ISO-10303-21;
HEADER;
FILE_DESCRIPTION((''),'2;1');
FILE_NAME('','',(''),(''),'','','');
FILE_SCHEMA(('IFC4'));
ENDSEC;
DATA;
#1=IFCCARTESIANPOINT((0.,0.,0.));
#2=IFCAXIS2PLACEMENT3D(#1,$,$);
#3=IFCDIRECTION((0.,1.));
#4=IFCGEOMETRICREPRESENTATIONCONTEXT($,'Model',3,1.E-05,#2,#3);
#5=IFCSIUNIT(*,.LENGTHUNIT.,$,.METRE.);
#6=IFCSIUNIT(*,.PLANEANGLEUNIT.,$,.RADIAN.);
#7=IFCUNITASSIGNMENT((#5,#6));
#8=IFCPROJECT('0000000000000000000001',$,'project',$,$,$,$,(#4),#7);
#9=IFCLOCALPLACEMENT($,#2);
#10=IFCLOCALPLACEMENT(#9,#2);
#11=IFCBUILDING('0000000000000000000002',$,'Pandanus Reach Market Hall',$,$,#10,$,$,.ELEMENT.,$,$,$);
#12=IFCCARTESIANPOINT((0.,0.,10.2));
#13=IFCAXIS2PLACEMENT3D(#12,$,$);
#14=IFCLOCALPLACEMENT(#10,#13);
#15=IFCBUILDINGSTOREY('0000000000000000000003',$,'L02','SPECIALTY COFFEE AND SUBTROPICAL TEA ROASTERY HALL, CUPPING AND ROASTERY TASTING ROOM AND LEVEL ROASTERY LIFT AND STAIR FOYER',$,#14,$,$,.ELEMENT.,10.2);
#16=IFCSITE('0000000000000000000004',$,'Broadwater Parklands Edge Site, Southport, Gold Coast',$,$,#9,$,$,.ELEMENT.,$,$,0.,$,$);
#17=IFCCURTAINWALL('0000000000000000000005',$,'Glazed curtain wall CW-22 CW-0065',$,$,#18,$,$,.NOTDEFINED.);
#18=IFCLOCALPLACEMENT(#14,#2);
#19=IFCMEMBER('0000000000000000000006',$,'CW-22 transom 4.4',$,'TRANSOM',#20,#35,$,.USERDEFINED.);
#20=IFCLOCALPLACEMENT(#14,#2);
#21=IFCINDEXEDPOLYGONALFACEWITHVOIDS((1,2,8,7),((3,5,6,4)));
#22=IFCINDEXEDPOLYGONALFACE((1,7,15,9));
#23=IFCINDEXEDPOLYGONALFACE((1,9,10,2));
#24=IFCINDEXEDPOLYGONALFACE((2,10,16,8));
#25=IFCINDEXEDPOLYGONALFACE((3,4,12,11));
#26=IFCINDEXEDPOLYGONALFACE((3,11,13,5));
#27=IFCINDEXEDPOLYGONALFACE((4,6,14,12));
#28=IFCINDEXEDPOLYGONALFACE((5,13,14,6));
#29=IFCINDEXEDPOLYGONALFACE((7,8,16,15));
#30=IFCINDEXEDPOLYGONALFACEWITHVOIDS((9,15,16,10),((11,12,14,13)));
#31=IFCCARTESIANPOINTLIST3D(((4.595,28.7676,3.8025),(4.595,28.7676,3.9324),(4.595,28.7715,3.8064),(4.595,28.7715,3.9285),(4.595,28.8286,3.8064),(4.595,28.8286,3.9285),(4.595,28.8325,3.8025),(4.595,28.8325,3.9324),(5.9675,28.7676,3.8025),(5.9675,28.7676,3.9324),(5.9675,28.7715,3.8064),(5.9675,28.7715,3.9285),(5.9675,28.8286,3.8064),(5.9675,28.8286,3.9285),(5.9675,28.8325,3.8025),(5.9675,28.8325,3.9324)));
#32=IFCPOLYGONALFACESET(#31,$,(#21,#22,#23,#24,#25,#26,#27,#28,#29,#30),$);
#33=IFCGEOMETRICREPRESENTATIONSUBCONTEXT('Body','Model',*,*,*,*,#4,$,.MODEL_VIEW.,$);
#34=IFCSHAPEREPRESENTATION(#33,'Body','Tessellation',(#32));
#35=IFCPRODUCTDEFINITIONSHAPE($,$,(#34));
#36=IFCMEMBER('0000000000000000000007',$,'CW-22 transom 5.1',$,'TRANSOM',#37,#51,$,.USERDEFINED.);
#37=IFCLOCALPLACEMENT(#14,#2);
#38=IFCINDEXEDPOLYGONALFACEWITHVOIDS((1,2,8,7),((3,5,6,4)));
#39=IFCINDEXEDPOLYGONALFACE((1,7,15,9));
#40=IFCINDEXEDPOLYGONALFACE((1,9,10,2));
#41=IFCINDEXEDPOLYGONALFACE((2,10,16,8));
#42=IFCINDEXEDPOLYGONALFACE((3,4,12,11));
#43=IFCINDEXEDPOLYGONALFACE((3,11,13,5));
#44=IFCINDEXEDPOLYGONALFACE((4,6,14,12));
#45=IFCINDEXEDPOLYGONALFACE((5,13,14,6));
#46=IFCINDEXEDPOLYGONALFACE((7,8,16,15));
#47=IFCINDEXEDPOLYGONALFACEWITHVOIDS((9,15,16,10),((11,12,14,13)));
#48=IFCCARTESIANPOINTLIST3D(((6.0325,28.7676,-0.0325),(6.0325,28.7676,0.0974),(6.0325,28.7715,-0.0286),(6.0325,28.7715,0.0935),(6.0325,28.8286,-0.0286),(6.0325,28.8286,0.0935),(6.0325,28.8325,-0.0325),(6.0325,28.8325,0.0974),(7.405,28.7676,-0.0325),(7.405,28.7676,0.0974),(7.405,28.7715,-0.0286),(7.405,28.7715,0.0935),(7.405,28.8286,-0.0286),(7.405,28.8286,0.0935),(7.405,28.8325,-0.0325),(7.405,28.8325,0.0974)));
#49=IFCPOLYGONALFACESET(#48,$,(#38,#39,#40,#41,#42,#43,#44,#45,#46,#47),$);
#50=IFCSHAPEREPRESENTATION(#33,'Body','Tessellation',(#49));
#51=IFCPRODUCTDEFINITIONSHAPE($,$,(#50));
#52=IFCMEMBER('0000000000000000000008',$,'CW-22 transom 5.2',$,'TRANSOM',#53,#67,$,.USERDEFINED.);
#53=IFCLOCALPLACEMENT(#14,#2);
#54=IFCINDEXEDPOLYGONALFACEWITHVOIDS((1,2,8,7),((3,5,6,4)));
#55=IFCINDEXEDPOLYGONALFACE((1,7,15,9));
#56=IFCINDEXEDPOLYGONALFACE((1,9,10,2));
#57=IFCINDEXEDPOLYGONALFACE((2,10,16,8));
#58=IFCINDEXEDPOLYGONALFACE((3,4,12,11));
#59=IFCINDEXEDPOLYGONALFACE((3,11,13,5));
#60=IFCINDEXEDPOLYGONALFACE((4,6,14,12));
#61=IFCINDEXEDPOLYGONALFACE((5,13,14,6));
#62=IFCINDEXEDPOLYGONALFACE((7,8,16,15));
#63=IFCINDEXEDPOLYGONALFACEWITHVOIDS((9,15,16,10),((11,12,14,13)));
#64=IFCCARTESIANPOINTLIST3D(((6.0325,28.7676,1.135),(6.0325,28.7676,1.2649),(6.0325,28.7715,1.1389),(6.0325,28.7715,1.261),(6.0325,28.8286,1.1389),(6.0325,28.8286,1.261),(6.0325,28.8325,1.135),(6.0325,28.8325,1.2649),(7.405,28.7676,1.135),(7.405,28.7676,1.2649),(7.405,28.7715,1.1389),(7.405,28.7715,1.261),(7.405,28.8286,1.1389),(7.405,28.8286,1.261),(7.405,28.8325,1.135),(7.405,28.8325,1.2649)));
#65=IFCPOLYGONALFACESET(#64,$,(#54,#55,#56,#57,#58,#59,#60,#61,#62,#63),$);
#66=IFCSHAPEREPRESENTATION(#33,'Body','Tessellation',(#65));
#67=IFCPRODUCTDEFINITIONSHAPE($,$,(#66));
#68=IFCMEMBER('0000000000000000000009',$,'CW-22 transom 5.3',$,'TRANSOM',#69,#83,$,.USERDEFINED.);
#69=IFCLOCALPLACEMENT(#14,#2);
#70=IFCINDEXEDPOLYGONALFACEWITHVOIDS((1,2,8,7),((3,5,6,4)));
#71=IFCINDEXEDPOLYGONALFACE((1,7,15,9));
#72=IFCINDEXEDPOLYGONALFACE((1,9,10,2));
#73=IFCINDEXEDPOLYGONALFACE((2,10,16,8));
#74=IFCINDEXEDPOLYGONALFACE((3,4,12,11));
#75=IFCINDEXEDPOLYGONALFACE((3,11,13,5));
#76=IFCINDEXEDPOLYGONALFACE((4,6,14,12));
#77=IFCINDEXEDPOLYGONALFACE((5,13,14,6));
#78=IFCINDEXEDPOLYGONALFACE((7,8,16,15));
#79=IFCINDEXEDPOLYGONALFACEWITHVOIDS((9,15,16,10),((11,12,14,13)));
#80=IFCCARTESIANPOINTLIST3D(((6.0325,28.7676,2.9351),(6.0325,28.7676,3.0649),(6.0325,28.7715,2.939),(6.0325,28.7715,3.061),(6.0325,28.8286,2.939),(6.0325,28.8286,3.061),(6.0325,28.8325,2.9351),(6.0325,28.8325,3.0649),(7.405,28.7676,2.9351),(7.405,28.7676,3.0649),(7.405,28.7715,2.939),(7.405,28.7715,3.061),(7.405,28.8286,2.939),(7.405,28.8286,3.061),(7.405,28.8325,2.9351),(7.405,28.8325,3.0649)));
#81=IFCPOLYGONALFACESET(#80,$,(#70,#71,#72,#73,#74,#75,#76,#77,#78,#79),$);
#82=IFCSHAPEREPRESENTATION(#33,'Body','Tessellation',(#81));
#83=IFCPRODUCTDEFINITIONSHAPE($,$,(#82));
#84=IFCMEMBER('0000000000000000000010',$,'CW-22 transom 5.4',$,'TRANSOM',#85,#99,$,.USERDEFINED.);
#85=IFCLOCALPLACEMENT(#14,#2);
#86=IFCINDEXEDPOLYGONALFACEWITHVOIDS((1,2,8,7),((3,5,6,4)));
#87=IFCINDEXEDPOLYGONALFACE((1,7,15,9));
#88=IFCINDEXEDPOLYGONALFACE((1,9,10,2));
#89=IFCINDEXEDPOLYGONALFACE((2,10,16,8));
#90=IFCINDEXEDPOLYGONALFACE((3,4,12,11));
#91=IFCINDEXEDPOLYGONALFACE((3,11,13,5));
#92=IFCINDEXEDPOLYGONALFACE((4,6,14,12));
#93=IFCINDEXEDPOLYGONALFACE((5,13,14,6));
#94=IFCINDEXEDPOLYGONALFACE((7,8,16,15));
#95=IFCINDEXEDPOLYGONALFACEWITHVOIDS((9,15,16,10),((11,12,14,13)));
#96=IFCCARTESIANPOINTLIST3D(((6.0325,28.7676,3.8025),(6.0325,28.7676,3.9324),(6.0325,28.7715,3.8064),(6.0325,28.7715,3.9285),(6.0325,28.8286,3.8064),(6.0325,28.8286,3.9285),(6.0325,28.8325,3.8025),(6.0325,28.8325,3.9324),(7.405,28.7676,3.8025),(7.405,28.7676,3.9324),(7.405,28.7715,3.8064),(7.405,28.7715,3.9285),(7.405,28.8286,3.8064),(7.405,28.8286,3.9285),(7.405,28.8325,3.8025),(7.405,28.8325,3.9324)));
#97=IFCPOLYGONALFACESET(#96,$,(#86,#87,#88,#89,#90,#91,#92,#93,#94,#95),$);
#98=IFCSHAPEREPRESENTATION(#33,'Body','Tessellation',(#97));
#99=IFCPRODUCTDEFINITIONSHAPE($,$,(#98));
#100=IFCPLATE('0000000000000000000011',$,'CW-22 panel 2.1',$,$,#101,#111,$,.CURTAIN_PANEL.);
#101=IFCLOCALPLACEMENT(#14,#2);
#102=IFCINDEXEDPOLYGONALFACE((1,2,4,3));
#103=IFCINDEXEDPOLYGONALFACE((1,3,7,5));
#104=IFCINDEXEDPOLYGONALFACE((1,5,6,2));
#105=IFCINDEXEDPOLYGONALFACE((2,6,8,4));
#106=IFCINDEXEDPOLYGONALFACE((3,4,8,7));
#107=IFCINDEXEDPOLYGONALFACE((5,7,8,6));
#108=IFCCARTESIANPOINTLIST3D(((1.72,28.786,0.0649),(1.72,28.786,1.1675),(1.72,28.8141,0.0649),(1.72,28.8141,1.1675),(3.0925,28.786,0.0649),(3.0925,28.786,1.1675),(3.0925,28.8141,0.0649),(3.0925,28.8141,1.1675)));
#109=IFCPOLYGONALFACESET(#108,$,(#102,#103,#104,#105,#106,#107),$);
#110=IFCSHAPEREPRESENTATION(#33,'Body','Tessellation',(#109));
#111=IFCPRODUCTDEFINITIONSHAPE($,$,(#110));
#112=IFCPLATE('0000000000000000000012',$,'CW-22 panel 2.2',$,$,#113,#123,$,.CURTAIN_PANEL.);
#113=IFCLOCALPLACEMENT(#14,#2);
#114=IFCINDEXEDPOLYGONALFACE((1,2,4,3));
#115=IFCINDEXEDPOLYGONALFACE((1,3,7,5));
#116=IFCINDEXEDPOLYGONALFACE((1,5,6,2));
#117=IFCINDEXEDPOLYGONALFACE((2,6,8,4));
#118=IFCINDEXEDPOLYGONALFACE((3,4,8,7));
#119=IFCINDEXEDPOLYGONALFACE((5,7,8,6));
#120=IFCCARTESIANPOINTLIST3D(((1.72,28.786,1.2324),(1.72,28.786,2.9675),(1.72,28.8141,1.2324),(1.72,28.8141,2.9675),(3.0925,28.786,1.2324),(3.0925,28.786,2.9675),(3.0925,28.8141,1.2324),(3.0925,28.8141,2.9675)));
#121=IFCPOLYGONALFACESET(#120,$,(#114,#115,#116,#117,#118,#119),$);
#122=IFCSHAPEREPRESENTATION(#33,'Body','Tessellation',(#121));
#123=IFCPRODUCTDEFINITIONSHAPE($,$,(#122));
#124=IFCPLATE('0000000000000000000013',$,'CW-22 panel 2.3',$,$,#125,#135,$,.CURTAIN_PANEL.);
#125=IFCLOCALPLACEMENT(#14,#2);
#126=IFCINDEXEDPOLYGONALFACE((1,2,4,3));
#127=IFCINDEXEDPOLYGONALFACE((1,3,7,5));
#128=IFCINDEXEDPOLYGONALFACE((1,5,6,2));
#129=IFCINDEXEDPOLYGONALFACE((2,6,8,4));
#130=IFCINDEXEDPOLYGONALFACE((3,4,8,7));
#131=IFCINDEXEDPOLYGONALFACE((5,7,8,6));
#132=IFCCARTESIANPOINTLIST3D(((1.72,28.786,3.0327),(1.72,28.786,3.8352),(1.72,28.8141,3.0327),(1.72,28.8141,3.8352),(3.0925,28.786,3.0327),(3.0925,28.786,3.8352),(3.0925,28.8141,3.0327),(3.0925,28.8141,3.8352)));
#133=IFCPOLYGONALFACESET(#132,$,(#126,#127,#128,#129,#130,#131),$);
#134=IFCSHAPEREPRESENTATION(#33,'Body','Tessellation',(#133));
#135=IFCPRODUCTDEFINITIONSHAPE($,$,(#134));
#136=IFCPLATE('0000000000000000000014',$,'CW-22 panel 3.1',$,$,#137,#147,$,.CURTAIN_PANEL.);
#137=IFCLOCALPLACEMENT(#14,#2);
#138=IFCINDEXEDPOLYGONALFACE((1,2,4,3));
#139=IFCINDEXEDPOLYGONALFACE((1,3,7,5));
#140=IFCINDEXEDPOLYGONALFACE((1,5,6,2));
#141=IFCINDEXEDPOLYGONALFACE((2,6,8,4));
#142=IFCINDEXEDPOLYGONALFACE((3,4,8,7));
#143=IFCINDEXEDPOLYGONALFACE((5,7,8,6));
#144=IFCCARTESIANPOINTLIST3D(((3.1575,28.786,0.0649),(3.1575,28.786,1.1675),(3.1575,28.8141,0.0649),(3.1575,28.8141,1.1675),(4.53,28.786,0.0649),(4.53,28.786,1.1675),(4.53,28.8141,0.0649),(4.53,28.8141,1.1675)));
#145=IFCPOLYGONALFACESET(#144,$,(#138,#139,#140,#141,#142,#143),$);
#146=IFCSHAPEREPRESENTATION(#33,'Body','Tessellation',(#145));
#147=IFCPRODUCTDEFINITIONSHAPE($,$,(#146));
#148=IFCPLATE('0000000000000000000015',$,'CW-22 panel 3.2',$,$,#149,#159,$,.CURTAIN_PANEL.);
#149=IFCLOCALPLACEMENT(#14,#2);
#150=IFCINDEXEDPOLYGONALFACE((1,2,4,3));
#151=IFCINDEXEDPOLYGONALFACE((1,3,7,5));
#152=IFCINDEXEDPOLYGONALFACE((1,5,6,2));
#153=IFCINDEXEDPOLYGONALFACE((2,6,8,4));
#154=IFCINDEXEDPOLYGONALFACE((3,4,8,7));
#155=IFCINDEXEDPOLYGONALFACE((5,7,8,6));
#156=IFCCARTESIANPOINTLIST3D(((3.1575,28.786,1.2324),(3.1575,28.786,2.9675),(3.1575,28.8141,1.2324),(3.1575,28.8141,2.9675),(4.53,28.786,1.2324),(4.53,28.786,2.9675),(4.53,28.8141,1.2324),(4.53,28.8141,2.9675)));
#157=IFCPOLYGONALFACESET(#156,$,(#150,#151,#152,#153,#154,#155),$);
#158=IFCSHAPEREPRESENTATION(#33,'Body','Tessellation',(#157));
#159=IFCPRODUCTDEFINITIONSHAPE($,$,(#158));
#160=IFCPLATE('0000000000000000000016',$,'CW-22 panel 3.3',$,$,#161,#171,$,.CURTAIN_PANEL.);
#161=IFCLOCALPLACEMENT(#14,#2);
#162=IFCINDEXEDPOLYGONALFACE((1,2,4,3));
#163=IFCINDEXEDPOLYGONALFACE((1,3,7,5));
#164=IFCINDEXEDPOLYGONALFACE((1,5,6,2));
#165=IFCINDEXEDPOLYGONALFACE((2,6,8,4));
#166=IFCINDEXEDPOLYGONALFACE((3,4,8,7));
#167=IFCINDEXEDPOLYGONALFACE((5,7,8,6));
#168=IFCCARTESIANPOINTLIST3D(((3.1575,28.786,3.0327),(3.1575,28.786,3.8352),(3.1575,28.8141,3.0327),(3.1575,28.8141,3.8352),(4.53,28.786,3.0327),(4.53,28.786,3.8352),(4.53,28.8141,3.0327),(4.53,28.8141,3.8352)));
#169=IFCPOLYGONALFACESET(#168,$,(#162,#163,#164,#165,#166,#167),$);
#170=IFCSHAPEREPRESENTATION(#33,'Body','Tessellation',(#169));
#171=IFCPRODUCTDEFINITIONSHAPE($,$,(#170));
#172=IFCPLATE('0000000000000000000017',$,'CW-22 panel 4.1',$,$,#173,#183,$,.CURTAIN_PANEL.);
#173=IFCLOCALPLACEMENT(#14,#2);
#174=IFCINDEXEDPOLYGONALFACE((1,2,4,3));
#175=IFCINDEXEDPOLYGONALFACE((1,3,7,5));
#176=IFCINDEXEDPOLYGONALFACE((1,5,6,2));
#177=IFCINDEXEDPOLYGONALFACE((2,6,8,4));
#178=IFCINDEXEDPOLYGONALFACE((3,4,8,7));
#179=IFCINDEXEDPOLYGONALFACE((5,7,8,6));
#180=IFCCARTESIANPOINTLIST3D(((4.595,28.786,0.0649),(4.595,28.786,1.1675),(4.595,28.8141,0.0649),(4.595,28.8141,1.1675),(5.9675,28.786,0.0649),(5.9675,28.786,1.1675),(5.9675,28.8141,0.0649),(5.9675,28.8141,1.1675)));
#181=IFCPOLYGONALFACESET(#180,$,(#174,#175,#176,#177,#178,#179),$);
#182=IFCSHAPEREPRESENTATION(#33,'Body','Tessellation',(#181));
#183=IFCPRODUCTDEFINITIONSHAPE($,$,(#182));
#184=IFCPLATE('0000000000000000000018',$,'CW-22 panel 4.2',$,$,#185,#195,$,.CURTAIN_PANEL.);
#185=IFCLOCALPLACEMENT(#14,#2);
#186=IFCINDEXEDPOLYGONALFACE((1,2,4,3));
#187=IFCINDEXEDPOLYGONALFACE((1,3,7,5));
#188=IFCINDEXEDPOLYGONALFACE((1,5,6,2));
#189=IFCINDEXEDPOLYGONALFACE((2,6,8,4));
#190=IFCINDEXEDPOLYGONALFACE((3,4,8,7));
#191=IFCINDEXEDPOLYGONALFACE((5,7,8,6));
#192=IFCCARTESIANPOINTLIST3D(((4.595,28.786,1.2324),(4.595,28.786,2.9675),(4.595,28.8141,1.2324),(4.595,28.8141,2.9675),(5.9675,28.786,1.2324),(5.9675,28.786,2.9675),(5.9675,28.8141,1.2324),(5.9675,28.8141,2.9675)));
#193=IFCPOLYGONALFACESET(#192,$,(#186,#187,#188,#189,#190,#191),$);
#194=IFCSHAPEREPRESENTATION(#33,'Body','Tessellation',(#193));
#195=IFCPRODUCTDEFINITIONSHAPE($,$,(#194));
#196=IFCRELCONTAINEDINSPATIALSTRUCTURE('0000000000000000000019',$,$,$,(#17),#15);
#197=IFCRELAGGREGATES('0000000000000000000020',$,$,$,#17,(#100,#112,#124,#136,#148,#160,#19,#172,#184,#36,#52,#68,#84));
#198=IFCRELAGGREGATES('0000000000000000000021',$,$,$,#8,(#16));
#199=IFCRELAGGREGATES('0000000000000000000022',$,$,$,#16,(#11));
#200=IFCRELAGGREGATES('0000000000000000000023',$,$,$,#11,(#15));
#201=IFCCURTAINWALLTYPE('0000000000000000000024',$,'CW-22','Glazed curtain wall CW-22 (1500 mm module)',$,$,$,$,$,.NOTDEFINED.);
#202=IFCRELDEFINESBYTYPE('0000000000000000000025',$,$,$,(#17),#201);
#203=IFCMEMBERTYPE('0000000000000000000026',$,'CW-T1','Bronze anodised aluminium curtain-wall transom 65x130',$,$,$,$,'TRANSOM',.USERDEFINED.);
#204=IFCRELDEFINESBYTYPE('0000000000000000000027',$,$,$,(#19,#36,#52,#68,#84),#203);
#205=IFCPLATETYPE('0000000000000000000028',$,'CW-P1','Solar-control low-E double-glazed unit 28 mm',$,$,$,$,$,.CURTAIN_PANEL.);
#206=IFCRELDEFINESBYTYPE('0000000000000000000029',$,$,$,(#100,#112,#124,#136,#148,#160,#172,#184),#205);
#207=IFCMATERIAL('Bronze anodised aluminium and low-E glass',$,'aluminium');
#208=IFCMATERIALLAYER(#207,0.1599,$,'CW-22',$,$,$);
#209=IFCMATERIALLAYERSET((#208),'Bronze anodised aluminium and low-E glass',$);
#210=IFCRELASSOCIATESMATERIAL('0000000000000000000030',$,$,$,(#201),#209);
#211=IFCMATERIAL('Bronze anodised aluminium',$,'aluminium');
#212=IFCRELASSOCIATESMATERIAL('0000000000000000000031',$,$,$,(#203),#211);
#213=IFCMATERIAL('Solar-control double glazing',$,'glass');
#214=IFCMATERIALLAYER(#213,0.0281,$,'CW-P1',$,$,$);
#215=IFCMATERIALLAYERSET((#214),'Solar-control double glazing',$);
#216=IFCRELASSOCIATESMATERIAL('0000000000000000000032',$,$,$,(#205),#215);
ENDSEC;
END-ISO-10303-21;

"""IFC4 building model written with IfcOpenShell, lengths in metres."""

from ifc_helpers import new_model, si_unit, direction, frame, origin, origin_2d, place, context, subcontext, project, spatial, rectangle, hollow_rectangle, extrude, material, layer, layer_set, material_profile, profile_set, type_object, element, aggregate, save


model = new_model("IFC4")

# Units and contexts
model_context = context("Model", 3, precision=1e-05, world=origin(), true_north=direction((0.0, 1.0)))
body_context = subcontext(model_context, "Body", "Model", "MODEL_VIEW")
ifc_project = project(units=[si_unit("LENGTHUNIT", "METRE"), si_unit("PLANEANGLEUNIT", "RADIAN")], contexts=[model_context])

# Site, building, storey
site_placement = place(None, origin())
site = spatial("IfcSite", under=ifc_project, at=site_placement, Name="Broadwater Parklands Edge Site, Southport, Gold Coast", CompositionType="ELEMENT", RefElevation=0.0)
building_placement = place(site_placement, origin())
building = spatial("IfcBuilding", under=site, at=building_placement, Name="Pandanus Reach Market Hall", CompositionType="ELEMENT")
storey_placement = place(building_placement, frame((0.0, 0.0, 10.2)))
storey = spatial("IfcBuildingStorey", under=building, at=storey_placement, Name="L02", Description="SPECIALTY COFFEE AND SUBTROPICAL TEA ROASTERY HALL, CUPPING AND ROASTERY TASTING ROOM AND LEVEL ROASTERY LIFT AND STAIR FOYER", CompositionType="ELEMENT", Elevation=10.2)

# Curtain wall, members, plates
ifc_material_1 = material(Name="Bronze anodised aluminium and low-E glass", Category="aluminium")
ifc_layer_1 = layer(ifc_material_1, 0.1599, Name="CW-22")
ifc_layer_set_1 = layer_set([ifc_layer_1], Name="Bronze anodised aluminium and low-E glass")
curtain_wall_type = type_object("IfcCurtainWallType", Name="CW-22", Description="Glazed curtain wall CW-22 (1500 mm module)", PredefinedType="NOTDEFINED", material=ifc_layer_set_1)
curtain_wall_placement = place(storey_placement, origin())
curtain_wall = element("IfcCurtainWall", 1, at=curtain_wall_placement, inside=storey, type_object=curtain_wall_type, Name="Glazed curtain wall CW-22 CW-0065", PredefinedType="NOTDEFINED")
ifc_material_2 = material(Name="Bronze anodised aluminium", Category="aluminium")
ifc_material_profile_1 = material_profile(ifc_material_2, hollow_rectangle(XDim=0.0649, YDim=0.1299, WallThickness=0.0039, at=origin_2d()), Name="ALU65x130", Category="LoadBearing")
ifc_profile_set_1 = profile_set([ifc_material_profile_1], Name="Bronze anodised aluminium")
member_type_1 = type_object("IfcMemberType", Name="CW-T1", Description="Bronze anodised aluminium curtain-wall transom 65x130", ElementType="TRANSOM", PredefinedType="USERDEFINED", material=ifc_profile_set_1)
member_1_placement = place(storey_placement, frame((4.595, 28.8, 3.8674), z_axis=(1.0, 0.0, 0.0), x_axis=(0.0, 1.0, 0.0)))
member_1 = element("IfcMember", 2, at=member_1_placement, type_object=member_type_1, Name="CW-22 transom 4.4", ObjectType="TRANSOM", PredefinedType="USERDEFINED", context=body_context, shape_type="SweptSolid", body=[
    extrude(hollow_rectangle(XDim=0.0649, YDim=0.1299, WallThickness=0.0039, at=origin_2d()), origin(), (0.0, 0.0, 1.0), 1.3726),
])
member_2_placement = place(storey_placement, frame((6.0325, 28.8, 0.0325), z_axis=(1.0, 0.0, 0.0), x_axis=(0.0, 1.0, 0.0)))
member_2 = element("IfcMember", 3, at=member_2_placement, type_object=member_type_1, Name="CW-22 transom 5.1", ObjectType="TRANSOM", PredefinedType="USERDEFINED", context=body_context, shape_type="SweptSolid", body=[
    extrude(hollow_rectangle(XDim=0.0649, YDim=0.1299, WallThickness=0.0039, at=origin_2d()), origin(), (0.0, 0.0, 1.0), 1.3726),
])
member_3_placement = place(storey_placement, frame((6.0325, 28.8, 1.2), z_axis=(1.0, 0.0, 0.0), x_axis=(0.0, 1.0, 0.0)))
member_3 = element("IfcMember", 4, at=member_3_placement, type_object=member_type_1, Name="CW-22 transom 5.2", ObjectType="TRANSOM", PredefinedType="USERDEFINED", context=body_context, shape_type="SweptSolid", body=[
    extrude(hollow_rectangle(XDim=0.0649, YDim=0.1299, WallThickness=0.0039, at=origin_2d()), origin(), (0.0, 0.0, 1.0), 1.3726),
])
member_4_placement = place(storey_placement, frame((6.0325, 28.8, 3.0), z_axis=(1.0, 0.0, 0.0), x_axis=(0.0, 1.0, 0.0)))
member_4 = element("IfcMember", 5, at=member_4_placement, type_object=member_type_1, Name="CW-22 transom 5.3", ObjectType="TRANSOM", PredefinedType="USERDEFINED", context=body_context, shape_type="SweptSolid", body=[
    extrude(hollow_rectangle(XDim=0.0649, YDim=0.1299, WallThickness=0.0039, at=origin_2d()), origin(), (0.0, 0.0, 1.0), 1.3726),
])
member_5_placement = place(storey_placement, frame((6.0325, 28.8, 3.8674), z_axis=(1.0, 0.0, 0.0), x_axis=(0.0, 1.0, 0.0)))
member_5 = element("IfcMember", 6, at=member_5_placement, type_object=member_type_1, Name="CW-22 transom 5.4", ObjectType="TRANSOM", PredefinedType="USERDEFINED", context=body_context, shape_type="SweptSolid", body=[
    extrude(hollow_rectangle(XDim=0.0649, YDim=0.1299, WallThickness=0.0039, at=origin_2d()), origin(), (0.0, 0.0, 1.0), 1.3726),
])
ifc_material_3 = material(Name="Solar-control double glazing", Category="glass")
ifc_layer_2 = layer(ifc_material_3, 0.0281, Name="CW-P1")
ifc_layer_set_2 = layer_set([ifc_layer_2], Name="Solar-control double glazing")
plate_type = type_object("IfcPlateType", Name="CW-P1", Description="Solar-control low-E double-glazed unit 28 mm", PredefinedType="CURTAIN_PANEL", material=ifc_layer_set_2)
plate_1_placement = place(storey_placement, frame((2.4062, 28.8, 0.0649), z_axis=(0.0, 0.0, 1.0), x_axis=(1.0, 0.0, 0.0)))
plate_1 = element("IfcPlate", 7, at=plate_1_placement, type_object=plate_type, Name="CW-22 panel 2.1", PredefinedType="CURTAIN_PANEL", context=body_context, shape_type="SweptSolid", body=[
    extrude(rectangle(XDim=1.3726, YDim=0.0281, at=origin_2d()), origin(), (0.0, 0.0, 1.0), 1.1025),
])
plate_2_placement = place(storey_placement, frame((2.4062, 28.8, 1.2324), z_axis=(0.0, 0.0, 1.0), x_axis=(1.0, 0.0, 0.0)))
plate_2 = element("IfcPlate", 8, at=plate_2_placement, type_object=plate_type, Name="CW-22 panel 2.2", PredefinedType="CURTAIN_PANEL", context=body_context, shape_type="SweptSolid", body=[
    extrude(rectangle(XDim=1.3726, YDim=0.0281, at=origin_2d()), origin(), (0.0, 0.0, 1.0), 1.7351),
])
plate_3_placement = place(storey_placement, frame((2.4062, 28.8, 3.0327), z_axis=(0.0, 0.0, 1.0), x_axis=(1.0, 0.0, 0.0)))
plate_3 = element("IfcPlate", 9, at=plate_3_placement, type_object=plate_type, Name="CW-22 panel 2.3", PredefinedType="CURTAIN_PANEL", context=body_context, shape_type="SweptSolid", body=[
    extrude(rectangle(XDim=1.3726, YDim=0.0281, at=origin_2d()), origin(), (0.0, 0.0, 1.0), 0.8025),
])
plate_4_placement = place(storey_placement, frame((3.8438, 28.8, 0.0649), z_axis=(0.0, 0.0, 1.0), x_axis=(1.0, 0.0, 0.0)))
plate_4 = element("IfcPlate", 10, at=plate_4_placement, type_object=plate_type, Name="CW-22 panel 3.1", PredefinedType="CURTAIN_PANEL", context=body_context, shape_type="SweptSolid", body=[
    extrude(rectangle(XDim=1.3726, YDim=0.0281, at=origin_2d()), origin(), (0.0, 0.0, 1.0), 1.1025),
])
plate_5_placement = place(storey_placement, frame((3.8438, 28.8, 1.2324), z_axis=(0.0, 0.0, 1.0), x_axis=(1.0, 0.0, 0.0)))
plate_5 = element("IfcPlate", 11, at=plate_5_placement, type_object=plate_type, Name="CW-22 panel 3.2", PredefinedType="CURTAIN_PANEL", context=body_context, shape_type="SweptSolid", body=[
    extrude(rectangle(XDim=1.3726, YDim=0.0281, at=origin_2d()), origin(), (0.0, 0.0, 1.0), 1.7351),
])
plate_6_placement = place(storey_placement, frame((3.8438, 28.8, 3.0327), z_axis=(0.0, 0.0, 1.0), x_axis=(1.0, 0.0, 0.0)))
plate_6 = element("IfcPlate", 12, at=plate_6_placement, type_object=plate_type, Name="CW-22 panel 3.3", PredefinedType="CURTAIN_PANEL", context=body_context, shape_type="SweptSolid", body=[
    extrude(rectangle(XDim=1.3726, YDim=0.0281, at=origin_2d()), origin(), (0.0, 0.0, 1.0), 0.8025),
])
plate_7_placement = place(storey_placement, frame((5.2812, 28.8, 0.0649), z_axis=(0.0, 0.0, 1.0), x_axis=(1.0, 0.0, 0.0)))
plate_7 = element("IfcPlate", 13, at=plate_7_placement, type_object=plate_type, Name="CW-22 panel 4.1", PredefinedType="CURTAIN_PANEL", context=body_context, shape_type="SweptSolid", body=[
    extrude(rectangle(XDim=1.3726, YDim=0.0281, at=origin_2d()), origin(), (0.0, 0.0, 1.0), 1.1025),
])
plate_8_placement = place(storey_placement, frame((5.2812, 28.8, 1.2324), z_axis=(0.0, 0.0, 1.0), x_axis=(1.0, 0.0, 0.0)))
plate_8 = element("IfcPlate", 14, at=plate_8_placement, type_object=plate_type, Name="CW-22 panel 4.2", PredefinedType="CURTAIN_PANEL", context=body_context, shape_type="SweptSolid", body=[
    extrude(rectangle(XDim=1.3726, YDim=0.0281, at=origin_2d()), origin(), (0.0, 0.0, 1.0), 1.7351),
])
aggregate(curtain_wall, [plate_1, plate_2, plate_3, plate_4, plate_5, plate_6, member_1, plate_7, plate_8, member_2, member_3, member_4, member_5])

save(model, "model.ifc")
